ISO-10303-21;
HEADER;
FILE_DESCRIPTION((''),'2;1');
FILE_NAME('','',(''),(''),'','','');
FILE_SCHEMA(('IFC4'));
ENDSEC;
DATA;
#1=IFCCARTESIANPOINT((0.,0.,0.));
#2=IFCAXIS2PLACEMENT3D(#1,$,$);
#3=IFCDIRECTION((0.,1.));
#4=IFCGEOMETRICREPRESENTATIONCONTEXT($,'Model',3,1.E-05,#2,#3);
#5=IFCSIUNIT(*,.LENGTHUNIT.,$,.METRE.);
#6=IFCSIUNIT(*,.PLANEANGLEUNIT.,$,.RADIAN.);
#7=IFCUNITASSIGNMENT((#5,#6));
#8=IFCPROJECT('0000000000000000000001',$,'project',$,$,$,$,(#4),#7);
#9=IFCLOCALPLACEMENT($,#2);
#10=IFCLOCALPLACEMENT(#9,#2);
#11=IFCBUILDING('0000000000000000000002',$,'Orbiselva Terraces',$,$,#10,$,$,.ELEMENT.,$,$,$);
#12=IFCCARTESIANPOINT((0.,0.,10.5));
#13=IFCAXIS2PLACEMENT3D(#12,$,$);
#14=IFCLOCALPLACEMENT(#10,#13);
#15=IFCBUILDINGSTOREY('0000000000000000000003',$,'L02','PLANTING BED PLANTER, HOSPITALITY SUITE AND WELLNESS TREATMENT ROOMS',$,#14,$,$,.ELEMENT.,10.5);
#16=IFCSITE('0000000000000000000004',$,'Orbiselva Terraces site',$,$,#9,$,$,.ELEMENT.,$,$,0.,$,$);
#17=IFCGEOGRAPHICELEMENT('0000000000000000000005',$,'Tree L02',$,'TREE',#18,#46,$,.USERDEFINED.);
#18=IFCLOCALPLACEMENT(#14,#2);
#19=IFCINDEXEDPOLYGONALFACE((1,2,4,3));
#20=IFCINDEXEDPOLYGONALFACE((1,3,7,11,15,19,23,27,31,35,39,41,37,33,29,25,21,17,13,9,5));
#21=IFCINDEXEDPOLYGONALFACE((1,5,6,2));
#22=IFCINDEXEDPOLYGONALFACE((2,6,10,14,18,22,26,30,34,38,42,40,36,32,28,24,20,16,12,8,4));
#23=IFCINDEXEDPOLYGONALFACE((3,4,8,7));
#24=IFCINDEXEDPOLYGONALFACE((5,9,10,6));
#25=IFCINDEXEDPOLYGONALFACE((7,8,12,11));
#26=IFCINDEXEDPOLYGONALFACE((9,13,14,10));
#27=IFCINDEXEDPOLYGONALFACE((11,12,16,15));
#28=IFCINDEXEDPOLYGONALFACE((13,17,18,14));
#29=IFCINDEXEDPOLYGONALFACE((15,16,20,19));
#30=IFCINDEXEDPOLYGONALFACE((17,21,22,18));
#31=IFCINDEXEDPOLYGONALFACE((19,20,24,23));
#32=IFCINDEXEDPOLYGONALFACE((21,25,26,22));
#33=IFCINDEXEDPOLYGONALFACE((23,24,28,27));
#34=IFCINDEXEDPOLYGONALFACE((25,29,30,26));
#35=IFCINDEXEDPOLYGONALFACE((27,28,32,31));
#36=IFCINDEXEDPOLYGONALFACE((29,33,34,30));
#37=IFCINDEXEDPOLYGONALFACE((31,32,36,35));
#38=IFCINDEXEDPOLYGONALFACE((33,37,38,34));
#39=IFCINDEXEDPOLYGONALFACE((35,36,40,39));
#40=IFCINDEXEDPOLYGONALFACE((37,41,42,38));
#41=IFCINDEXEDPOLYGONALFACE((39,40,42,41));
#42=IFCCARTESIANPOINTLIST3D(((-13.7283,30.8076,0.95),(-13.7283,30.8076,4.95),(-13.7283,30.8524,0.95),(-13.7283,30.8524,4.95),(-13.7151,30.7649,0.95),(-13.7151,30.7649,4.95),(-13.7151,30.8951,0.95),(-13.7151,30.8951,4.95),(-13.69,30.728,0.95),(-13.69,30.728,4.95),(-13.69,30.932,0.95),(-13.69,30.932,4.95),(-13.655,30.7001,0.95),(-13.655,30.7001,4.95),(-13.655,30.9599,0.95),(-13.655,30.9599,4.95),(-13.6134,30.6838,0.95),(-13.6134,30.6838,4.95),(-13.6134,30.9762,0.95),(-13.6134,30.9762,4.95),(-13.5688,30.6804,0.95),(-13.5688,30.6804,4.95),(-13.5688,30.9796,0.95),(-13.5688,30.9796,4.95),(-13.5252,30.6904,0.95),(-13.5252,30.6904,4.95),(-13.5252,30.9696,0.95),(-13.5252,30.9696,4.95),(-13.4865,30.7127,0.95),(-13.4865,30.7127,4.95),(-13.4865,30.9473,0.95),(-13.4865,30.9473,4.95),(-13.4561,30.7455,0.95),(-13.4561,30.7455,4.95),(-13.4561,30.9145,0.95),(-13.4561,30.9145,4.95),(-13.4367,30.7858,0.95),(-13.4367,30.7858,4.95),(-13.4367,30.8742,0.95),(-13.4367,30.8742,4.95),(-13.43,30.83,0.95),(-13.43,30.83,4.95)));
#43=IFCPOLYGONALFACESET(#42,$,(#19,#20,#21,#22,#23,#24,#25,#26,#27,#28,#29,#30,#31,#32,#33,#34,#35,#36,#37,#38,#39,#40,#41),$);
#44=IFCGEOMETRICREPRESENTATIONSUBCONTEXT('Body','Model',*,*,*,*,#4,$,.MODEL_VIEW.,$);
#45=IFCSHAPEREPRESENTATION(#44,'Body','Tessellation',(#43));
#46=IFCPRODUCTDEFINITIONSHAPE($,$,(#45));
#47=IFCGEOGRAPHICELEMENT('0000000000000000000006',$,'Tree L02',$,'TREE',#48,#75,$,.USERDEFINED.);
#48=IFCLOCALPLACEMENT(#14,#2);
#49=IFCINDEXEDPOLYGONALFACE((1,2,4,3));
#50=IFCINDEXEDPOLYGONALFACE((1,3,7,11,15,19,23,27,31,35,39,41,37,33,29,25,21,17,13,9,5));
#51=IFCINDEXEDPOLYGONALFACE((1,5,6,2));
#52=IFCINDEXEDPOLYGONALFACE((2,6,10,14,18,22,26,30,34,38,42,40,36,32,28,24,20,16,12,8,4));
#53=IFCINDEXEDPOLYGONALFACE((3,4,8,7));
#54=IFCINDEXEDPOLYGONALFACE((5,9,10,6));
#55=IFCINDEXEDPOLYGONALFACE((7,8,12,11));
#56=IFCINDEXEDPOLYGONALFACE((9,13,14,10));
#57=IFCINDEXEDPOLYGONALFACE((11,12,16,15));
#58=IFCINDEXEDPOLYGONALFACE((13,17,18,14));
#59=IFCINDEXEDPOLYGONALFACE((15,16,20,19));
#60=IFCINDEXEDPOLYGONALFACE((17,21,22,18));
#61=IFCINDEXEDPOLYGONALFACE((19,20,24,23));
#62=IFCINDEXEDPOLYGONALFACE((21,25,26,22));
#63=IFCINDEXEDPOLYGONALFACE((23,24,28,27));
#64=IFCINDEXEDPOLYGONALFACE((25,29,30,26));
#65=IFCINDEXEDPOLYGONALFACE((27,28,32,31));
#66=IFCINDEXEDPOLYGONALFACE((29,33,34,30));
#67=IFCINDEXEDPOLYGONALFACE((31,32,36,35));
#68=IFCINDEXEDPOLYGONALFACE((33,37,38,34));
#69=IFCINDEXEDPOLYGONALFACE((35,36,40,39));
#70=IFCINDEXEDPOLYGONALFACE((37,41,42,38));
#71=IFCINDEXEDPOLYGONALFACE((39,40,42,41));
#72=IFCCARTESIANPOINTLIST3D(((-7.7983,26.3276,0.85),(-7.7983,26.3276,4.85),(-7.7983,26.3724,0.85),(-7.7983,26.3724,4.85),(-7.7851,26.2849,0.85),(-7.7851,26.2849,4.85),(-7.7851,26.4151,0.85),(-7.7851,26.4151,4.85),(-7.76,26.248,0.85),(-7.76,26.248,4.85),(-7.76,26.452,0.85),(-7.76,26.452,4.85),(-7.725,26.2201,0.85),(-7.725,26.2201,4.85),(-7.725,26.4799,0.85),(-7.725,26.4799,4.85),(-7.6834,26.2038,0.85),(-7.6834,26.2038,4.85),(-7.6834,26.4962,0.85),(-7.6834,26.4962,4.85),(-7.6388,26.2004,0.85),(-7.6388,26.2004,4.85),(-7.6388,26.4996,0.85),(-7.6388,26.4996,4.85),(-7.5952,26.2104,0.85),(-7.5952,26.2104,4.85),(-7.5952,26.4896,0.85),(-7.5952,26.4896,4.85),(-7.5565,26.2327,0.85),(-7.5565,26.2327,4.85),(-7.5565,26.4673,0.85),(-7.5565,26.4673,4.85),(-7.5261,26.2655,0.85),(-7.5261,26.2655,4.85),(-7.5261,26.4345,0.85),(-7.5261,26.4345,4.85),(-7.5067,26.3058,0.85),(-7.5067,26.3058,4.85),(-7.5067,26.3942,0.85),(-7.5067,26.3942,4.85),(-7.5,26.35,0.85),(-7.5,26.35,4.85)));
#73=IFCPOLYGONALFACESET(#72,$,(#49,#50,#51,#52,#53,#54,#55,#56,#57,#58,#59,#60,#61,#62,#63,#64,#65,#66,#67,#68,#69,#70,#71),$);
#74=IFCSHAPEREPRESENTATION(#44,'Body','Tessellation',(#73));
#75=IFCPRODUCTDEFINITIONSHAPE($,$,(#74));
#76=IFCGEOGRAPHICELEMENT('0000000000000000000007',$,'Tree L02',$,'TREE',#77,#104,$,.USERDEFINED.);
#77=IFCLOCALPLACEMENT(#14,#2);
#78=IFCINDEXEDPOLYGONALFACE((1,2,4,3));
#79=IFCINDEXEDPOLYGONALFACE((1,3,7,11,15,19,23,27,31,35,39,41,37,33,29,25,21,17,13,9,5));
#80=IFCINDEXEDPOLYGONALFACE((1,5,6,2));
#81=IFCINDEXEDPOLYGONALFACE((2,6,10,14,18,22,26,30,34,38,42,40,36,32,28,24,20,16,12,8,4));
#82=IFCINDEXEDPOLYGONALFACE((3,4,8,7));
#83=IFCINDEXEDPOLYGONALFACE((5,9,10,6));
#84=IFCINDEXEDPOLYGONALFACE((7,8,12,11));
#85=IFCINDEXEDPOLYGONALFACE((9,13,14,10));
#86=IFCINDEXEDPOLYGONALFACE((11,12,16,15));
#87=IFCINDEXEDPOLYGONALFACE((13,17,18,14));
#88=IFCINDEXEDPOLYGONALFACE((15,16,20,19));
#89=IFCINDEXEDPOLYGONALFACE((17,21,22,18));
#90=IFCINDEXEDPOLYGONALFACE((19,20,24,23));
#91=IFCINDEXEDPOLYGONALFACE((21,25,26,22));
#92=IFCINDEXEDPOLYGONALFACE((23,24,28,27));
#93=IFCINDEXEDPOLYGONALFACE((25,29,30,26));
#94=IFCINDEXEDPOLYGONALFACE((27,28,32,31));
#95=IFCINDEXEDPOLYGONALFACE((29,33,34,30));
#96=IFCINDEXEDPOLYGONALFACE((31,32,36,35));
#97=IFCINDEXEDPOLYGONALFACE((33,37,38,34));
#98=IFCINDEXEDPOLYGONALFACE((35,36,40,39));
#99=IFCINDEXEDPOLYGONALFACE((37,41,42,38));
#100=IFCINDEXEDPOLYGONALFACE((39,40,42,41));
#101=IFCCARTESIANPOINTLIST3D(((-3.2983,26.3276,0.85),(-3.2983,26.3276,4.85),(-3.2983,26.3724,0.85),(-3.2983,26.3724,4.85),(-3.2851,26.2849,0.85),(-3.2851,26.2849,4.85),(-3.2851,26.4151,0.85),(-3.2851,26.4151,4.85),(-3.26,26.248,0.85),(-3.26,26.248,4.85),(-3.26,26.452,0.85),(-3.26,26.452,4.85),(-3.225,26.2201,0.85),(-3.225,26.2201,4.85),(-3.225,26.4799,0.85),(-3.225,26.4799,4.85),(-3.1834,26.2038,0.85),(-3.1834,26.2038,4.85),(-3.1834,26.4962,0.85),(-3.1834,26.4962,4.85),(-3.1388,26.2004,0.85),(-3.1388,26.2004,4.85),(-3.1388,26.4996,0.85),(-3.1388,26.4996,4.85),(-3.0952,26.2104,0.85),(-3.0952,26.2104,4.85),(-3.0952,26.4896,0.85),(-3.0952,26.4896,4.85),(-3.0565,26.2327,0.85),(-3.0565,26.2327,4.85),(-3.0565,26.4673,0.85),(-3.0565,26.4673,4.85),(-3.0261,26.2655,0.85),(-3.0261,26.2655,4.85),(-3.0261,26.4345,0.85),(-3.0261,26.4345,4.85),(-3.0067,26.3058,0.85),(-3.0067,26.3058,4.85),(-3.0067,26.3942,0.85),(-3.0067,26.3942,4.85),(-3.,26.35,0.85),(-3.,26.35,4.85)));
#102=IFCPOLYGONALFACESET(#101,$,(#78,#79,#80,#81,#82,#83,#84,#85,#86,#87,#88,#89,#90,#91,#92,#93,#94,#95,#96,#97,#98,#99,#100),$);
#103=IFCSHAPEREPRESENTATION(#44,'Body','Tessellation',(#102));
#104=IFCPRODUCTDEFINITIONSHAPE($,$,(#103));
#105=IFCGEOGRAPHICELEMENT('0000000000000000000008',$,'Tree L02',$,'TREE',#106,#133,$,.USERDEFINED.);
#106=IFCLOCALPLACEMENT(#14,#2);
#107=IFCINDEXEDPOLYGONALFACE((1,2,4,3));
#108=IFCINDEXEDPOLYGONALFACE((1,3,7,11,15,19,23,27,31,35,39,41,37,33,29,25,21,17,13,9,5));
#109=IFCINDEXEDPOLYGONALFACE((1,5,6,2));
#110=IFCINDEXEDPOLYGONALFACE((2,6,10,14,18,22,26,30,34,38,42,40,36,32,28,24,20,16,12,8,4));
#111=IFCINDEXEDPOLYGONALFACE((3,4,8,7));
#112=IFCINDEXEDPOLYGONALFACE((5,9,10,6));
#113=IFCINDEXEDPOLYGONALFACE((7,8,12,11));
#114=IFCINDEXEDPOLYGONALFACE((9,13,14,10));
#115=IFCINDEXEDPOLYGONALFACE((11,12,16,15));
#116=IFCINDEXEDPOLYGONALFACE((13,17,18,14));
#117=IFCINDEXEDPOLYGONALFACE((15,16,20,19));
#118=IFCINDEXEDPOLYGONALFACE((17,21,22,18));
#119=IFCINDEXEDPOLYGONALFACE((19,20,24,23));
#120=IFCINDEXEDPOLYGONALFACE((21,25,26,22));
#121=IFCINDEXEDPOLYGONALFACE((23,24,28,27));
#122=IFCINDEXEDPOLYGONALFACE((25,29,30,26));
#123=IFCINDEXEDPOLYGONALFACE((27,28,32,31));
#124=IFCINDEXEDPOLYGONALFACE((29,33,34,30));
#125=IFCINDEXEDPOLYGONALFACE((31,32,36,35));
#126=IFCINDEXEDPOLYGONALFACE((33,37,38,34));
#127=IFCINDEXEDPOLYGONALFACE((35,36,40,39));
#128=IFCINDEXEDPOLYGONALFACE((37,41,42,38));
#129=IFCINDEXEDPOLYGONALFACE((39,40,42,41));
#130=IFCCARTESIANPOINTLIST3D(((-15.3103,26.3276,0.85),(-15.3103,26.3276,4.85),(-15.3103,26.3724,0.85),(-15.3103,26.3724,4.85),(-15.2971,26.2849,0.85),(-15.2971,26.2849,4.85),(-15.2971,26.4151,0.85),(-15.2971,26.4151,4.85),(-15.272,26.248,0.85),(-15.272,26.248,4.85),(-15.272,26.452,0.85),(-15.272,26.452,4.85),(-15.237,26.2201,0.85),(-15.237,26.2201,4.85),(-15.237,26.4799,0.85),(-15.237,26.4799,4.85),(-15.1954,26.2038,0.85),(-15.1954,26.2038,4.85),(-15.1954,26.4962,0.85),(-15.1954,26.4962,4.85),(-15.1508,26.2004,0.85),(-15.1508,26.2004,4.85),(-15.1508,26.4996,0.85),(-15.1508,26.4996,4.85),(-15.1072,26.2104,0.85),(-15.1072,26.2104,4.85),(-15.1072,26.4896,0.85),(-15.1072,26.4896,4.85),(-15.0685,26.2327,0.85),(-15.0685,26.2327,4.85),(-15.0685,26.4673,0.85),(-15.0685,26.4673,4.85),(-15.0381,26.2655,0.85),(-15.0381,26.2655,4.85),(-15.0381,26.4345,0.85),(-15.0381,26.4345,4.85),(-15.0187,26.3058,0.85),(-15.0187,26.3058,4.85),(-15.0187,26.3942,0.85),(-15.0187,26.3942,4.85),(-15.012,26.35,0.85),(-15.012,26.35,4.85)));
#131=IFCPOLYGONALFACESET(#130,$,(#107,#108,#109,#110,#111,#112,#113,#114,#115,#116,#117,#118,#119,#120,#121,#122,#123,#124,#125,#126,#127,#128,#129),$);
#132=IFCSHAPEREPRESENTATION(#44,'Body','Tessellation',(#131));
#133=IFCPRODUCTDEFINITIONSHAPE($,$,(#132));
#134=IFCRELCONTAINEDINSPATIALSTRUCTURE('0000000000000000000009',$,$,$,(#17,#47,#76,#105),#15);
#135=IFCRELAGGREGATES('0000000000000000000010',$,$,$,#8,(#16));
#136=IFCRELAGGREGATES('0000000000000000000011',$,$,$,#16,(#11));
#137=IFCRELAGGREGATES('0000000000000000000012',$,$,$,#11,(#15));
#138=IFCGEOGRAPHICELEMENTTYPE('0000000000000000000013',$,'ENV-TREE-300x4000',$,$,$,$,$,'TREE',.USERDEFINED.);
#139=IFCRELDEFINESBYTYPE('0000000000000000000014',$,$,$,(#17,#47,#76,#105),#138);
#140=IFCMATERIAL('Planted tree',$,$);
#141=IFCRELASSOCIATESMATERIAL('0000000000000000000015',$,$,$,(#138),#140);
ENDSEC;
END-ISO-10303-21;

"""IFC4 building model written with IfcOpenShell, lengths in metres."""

from ifc_helpers import new_model, si_unit, direction, frame, origin, origin_2d, place, context, subcontext, project, spatial, circle, extrude, material, type_object, element, save


model = new_model("IFC4")

# Units and contexts
model_context = context("Model", 3, precision=1e-05, world=origin(), true_north=direction((0.0, 1.0)))
body_context = subcontext(model_context, "Body", "Model", "MODEL_VIEW")
ifc_project = project(units=[si_unit("LENGTHUNIT", "METRE"), si_unit("PLANEANGLEUNIT", "RADIAN")], contexts=[model_context])

# Site, building, storey
site_placement = place(None, origin())
site = spatial("IfcSite", under=ifc_project, at=site_placement, Name="Orbiselva Terraces site", CompositionType="ELEMENT", RefElevation=0.0)
building_placement = place(site_placement, origin())
building = spatial("IfcBuilding", under=site, at=building_placement, Name="Orbiselva Terraces", CompositionType="ELEMENT")
storey_placement = place(building_placement, frame((0.0, 0.0, 10.5)))
storey = spatial("IfcBuildingStorey", under=building, at=storey_placement, Name="L02", Description="PLANTING BED PLANTER, HOSPITALITY SUITE AND WELLNESS TREATMENT ROOMS", CompositionType="ELEMENT", Elevation=10.5)

# Geographic elements
ifc_material_1 = material(Name="Planted tree")
geographic_element_type = type_object("IfcGeographicElementType", Name="ENV-TREE-300x4000", ElementType="TREE", PredefinedType="USERDEFINED", material=ifc_material_1)
for number, where, z_axis, x_axis, name in (
    (1, (-13.58, 30.83, 4.95), (0.0, 0.0, -1.0), (1.0, 0.0, 0.0), "Tree L02"),
    (2, (-7.65, 26.35, 4.85), (0.0, 0.0, -1.0), (1.0, 0.0, 0.0), "Tree L02"),
    (3, (-3.15, 26.35, 4.85), (0.0, 0.0, -1.0), (1.0, 0.0, 0.0), "Tree L02"),
    (4, (-15.162, 26.35, 4.85), (0.0, 0.0, -1.0), (1.0, 0.0, 0.0), "Tree L02"),
):
    element("IfcGeographicElement", number, at=place(storey_placement, frame(where, z_axis=z_axis, x_axis=x_axis)), inside=storey, type_object=geographic_element_type, Name=name, ObjectType="TREE", PredefinedType="USERDEFINED", context=body_context, shape_type="SweptSolid", body=[
        extrude(circle(Radius=0.15, at=origin_2d()), origin(), (0.0, 0.0, 1.0), 4.0),
    ])

save(model, "model.ifc")
